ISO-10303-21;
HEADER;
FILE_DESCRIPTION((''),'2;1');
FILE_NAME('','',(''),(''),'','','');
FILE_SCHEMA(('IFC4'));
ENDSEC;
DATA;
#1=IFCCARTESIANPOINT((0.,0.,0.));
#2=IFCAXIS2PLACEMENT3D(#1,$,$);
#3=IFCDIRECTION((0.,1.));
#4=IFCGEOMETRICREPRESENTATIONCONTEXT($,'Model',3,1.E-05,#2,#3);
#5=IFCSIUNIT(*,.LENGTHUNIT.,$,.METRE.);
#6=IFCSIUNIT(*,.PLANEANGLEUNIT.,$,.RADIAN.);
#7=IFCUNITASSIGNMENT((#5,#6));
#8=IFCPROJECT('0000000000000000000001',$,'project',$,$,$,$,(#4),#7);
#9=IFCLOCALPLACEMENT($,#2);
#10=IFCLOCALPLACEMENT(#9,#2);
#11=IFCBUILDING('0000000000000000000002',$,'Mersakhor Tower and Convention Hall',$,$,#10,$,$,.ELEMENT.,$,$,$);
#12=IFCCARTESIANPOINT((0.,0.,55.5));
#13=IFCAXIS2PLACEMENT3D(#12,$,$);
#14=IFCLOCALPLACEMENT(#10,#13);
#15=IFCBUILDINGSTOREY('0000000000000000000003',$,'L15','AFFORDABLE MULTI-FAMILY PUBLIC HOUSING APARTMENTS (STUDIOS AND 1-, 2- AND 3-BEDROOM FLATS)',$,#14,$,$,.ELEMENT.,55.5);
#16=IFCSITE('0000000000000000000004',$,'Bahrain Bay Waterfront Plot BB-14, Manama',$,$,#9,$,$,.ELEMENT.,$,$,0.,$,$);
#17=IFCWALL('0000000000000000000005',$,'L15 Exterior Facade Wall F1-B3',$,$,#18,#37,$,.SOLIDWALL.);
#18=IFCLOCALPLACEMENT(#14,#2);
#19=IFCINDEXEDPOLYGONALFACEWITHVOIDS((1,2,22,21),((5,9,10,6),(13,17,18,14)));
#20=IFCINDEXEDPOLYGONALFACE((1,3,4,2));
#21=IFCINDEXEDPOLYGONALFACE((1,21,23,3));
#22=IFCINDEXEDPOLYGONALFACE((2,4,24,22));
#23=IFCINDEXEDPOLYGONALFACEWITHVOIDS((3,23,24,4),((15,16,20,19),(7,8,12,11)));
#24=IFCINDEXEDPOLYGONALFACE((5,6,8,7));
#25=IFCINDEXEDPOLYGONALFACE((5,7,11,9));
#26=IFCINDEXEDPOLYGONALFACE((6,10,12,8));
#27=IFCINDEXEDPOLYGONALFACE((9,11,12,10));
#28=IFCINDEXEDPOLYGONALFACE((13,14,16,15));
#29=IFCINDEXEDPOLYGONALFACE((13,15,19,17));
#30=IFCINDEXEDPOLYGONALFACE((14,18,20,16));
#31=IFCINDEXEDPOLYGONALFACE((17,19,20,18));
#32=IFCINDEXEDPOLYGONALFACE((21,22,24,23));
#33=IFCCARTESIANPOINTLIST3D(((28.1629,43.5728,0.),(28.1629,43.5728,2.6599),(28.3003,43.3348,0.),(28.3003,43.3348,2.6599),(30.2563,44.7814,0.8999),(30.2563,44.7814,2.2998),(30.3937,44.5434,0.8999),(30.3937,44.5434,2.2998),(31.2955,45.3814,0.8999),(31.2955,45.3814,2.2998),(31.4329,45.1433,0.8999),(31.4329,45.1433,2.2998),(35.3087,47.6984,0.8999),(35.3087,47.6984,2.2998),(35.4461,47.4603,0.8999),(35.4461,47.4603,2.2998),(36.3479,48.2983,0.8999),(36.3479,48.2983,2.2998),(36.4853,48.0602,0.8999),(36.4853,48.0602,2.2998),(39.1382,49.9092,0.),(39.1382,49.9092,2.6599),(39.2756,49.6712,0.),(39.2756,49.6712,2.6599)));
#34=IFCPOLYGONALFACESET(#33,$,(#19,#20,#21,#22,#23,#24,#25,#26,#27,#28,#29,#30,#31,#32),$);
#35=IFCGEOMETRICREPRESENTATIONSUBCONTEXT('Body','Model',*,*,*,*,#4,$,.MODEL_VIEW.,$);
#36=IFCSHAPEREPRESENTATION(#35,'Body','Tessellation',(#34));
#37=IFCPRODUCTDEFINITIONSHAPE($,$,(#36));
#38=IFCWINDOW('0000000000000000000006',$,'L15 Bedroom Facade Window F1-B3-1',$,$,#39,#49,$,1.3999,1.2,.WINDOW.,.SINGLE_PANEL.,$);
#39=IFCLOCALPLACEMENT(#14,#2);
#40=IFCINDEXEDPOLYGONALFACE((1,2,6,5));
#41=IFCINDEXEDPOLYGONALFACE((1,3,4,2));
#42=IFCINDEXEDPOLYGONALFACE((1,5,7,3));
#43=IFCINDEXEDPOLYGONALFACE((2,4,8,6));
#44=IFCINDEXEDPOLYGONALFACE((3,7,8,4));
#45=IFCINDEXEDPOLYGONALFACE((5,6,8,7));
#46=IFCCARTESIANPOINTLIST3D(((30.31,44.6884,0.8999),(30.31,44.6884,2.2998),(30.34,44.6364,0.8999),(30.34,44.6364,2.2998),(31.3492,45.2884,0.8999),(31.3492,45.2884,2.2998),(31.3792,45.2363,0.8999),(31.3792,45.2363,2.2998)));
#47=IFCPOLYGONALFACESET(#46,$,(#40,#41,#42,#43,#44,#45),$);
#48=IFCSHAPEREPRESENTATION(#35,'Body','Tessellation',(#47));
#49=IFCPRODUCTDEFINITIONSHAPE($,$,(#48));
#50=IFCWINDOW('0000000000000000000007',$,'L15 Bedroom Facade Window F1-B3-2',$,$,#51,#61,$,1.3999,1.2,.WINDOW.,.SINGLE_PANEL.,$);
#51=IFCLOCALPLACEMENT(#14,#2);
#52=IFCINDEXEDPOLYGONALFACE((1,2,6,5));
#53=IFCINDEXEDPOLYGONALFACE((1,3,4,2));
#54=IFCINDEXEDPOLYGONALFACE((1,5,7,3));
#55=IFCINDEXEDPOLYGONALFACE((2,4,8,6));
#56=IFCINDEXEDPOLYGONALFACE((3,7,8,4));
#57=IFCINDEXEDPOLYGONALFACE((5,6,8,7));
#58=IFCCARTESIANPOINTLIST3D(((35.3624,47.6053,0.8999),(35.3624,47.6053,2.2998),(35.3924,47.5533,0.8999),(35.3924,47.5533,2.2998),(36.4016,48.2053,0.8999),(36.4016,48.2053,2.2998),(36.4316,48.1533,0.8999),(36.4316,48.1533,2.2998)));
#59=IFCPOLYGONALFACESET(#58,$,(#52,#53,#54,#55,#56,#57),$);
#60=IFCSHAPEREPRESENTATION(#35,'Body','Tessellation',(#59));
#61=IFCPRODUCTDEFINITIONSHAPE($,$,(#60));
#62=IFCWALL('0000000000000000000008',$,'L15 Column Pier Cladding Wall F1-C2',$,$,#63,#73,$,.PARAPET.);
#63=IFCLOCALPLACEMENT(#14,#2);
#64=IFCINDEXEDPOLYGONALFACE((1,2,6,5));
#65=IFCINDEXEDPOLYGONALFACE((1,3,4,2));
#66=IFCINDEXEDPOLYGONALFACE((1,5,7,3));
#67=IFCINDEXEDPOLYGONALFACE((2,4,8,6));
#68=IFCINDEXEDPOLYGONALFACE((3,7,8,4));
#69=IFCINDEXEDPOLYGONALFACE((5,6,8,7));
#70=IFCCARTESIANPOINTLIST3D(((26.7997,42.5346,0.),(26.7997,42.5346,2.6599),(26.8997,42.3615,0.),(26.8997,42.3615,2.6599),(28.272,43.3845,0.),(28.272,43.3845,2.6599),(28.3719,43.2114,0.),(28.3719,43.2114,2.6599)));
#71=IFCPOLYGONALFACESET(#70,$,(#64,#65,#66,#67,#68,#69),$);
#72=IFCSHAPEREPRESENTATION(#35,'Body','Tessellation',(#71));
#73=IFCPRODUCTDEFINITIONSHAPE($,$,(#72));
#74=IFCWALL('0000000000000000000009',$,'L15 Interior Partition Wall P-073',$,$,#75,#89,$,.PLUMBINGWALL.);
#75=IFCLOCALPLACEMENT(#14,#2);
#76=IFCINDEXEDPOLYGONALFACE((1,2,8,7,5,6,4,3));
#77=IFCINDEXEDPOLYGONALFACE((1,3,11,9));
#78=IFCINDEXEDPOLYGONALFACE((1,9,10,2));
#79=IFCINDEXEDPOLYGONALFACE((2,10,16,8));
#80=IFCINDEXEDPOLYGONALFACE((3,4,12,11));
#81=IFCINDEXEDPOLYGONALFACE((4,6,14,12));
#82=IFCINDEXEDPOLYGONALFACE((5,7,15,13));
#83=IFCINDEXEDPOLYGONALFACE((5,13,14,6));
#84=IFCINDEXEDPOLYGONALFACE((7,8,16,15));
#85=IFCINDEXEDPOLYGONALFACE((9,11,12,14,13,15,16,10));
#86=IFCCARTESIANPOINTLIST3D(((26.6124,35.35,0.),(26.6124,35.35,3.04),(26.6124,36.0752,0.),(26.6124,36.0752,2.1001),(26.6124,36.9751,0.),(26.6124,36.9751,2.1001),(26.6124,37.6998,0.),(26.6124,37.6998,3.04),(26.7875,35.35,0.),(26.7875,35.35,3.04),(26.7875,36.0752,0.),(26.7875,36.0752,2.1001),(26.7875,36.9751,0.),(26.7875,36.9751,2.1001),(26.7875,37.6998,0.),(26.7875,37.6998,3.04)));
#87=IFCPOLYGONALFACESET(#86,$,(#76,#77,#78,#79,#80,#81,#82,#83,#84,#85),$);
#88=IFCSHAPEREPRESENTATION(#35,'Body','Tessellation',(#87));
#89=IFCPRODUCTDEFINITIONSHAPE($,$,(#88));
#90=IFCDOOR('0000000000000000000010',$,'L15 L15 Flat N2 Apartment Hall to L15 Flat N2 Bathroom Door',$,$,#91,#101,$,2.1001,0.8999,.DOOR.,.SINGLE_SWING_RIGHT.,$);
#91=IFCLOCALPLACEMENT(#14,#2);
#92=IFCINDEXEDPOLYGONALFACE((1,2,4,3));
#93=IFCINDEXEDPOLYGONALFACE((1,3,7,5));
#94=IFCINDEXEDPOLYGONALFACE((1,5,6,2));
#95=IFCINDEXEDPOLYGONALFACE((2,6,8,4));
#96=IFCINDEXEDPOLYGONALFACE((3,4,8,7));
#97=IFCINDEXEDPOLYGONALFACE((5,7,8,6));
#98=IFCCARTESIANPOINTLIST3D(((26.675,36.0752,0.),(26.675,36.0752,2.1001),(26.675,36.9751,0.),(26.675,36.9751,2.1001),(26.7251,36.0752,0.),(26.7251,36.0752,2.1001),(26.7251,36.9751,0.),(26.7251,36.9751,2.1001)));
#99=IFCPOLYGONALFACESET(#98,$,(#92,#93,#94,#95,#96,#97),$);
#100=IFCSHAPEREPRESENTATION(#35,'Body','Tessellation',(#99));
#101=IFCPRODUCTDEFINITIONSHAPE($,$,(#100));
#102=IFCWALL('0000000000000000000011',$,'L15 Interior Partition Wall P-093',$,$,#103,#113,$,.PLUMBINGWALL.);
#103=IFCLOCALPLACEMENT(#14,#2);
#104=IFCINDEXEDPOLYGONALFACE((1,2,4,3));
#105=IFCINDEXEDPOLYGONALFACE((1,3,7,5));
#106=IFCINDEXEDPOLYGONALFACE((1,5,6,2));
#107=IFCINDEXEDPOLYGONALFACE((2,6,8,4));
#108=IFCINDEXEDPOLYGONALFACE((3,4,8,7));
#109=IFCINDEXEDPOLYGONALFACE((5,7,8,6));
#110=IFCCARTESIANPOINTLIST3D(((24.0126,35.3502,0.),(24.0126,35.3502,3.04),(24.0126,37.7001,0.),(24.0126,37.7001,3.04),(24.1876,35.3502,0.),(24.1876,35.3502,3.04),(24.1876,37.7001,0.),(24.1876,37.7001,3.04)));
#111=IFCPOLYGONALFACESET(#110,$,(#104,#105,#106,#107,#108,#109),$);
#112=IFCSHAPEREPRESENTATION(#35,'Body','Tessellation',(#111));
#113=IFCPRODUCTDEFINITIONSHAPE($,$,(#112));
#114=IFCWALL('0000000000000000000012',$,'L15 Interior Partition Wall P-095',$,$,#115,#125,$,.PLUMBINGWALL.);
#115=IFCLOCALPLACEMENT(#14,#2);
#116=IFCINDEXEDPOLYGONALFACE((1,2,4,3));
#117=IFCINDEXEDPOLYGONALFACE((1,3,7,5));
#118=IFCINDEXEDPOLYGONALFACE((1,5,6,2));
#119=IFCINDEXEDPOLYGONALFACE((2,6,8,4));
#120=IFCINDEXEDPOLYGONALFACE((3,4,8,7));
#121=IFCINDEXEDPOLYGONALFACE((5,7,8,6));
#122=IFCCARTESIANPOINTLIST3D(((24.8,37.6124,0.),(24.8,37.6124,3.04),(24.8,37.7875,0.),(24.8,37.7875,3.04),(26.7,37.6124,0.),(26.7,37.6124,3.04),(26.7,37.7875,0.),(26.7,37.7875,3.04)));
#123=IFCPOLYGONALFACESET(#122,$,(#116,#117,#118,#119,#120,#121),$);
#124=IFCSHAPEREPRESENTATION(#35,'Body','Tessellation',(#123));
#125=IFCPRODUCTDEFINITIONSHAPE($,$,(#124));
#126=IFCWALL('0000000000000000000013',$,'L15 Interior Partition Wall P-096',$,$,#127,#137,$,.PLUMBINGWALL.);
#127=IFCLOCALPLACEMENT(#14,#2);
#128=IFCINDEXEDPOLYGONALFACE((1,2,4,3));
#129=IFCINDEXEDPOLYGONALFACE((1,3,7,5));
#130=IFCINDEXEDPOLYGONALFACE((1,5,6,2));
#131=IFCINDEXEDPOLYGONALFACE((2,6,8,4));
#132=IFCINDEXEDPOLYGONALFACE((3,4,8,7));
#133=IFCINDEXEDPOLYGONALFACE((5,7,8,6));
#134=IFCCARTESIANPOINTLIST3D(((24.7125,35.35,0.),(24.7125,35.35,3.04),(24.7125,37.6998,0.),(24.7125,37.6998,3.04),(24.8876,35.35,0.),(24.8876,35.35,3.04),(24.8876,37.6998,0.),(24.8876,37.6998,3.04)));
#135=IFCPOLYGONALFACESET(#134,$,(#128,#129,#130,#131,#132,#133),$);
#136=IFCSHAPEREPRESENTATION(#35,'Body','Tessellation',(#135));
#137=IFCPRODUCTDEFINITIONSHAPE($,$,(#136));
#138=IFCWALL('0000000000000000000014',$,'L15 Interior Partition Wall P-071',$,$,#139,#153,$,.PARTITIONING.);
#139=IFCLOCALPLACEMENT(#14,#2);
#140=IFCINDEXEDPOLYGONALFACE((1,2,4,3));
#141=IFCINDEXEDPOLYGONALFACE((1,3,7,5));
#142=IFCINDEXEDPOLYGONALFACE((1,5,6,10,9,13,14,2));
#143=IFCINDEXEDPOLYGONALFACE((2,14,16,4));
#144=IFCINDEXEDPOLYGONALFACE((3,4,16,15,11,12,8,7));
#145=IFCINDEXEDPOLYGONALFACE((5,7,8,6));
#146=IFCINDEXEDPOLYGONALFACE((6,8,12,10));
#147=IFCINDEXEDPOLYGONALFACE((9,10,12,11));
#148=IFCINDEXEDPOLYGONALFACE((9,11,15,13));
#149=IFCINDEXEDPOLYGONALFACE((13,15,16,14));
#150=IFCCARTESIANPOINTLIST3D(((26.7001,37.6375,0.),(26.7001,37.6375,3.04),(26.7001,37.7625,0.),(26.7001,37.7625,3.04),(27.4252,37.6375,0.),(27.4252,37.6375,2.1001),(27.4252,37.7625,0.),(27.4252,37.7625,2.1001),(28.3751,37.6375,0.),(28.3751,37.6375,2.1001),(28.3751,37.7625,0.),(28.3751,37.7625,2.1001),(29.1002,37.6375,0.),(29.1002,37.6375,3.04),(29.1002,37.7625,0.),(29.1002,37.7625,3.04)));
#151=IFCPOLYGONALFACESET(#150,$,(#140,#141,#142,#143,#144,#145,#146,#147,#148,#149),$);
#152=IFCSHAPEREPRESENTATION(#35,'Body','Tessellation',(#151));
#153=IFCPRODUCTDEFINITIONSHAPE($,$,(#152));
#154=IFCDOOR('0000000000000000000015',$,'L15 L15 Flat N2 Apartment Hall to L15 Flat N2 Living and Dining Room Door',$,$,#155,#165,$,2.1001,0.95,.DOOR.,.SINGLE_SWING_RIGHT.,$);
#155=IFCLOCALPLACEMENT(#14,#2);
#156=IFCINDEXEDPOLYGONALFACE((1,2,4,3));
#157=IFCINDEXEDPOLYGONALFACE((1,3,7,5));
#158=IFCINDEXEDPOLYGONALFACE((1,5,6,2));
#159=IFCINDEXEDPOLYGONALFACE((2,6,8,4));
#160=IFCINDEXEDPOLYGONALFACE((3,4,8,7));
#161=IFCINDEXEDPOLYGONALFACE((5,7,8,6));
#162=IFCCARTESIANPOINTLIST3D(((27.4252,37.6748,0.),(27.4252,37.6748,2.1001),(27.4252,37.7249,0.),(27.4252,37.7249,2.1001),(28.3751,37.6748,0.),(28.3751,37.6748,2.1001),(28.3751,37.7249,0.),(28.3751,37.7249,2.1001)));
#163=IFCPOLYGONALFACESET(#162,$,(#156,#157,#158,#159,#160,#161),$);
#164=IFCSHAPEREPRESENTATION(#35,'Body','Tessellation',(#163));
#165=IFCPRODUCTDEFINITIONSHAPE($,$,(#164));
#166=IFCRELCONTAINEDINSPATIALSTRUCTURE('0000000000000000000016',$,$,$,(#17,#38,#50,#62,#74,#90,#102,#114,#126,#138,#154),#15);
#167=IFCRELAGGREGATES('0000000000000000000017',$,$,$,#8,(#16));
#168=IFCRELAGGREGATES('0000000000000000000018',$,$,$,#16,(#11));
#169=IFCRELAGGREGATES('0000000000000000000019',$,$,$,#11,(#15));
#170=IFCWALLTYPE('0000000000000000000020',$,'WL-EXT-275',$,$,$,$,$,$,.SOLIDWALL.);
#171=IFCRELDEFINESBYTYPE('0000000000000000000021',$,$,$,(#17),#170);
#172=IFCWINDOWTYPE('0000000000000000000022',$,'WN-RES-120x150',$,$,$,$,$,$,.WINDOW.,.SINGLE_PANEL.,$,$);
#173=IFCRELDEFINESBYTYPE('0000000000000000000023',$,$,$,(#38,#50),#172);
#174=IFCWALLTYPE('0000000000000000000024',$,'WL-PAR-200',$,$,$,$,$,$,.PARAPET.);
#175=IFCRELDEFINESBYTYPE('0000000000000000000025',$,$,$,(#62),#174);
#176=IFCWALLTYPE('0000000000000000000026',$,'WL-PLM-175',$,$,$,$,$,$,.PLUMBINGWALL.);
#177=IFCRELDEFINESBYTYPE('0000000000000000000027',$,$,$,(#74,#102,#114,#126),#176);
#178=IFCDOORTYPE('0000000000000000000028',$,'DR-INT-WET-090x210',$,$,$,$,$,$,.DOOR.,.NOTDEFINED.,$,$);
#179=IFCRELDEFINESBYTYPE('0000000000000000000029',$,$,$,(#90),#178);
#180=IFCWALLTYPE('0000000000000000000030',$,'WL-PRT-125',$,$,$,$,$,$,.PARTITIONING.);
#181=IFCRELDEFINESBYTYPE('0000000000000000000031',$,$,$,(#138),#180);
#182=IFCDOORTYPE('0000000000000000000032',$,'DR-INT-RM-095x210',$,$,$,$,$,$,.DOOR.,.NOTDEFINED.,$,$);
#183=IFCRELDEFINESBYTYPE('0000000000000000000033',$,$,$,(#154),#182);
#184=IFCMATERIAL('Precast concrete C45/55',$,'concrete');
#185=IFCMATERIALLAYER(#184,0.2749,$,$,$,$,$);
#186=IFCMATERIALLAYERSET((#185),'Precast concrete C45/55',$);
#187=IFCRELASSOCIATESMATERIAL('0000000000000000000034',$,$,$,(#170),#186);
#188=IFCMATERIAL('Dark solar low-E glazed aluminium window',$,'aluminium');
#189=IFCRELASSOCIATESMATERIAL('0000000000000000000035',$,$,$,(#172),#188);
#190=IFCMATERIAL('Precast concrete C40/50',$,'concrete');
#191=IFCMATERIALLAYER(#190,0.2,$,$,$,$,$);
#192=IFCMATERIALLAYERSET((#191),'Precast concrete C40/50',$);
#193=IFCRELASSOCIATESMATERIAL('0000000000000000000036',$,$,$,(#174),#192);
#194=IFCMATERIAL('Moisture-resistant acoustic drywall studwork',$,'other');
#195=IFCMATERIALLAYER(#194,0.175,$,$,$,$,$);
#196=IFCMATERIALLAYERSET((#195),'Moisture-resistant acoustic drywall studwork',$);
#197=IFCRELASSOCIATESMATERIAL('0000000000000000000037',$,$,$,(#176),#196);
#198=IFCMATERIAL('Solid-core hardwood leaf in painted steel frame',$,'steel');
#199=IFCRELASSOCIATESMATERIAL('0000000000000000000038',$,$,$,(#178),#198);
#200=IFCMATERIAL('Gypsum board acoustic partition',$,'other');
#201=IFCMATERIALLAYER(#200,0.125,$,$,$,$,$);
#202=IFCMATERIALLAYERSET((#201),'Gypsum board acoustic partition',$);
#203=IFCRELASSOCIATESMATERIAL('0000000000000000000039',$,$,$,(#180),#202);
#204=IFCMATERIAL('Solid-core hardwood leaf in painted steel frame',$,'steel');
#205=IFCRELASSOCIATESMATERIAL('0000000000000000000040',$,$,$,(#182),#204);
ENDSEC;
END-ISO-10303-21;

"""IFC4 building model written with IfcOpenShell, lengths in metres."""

from ifc_helpers import new_model, si_unit, direction, frame, frame_2d, origin, place, context, subcontext, project, spatial, rectangle, extrude, material, layer, layer_set, type_object, element, fill, save


model = new_model("IFC4")

# Units and contexts
model_context = context("Model", 3, precision=1e-05, world=origin(), true_north=direction((0.0, 1.0)))
body_context = subcontext(model_context, "Body", "Model", "MODEL_VIEW")
ifc_project = project(units=[si_unit("LENGTHUNIT", "METRE"), si_unit("PLANEANGLEUNIT", "RADIAN")], contexts=[model_context])

# Site, building, storey
site_placement = place(None, origin())
site = spatial("IfcSite", under=ifc_project, at=site_placement, Name="Bahrain Bay Waterfront Plot BB-14, Manama", CompositionType="ELEMENT", RefElevation=0.0)
building_placement = place(site_placement, origin())
building = spatial("IfcBuilding", under=site, at=building_placement, Name="Mersakhor Tower and Convention Hall", CompositionType="ELEMENT")
storey_placement = place(building_placement, frame((0.0, 0.0, 55.5)))
storey = spatial("IfcBuildingStorey", under=building, at=storey_placement, Name="L15", Description="AFFORDABLE MULTI-FAMILY PUBLIC HOUSING APARTMENTS (STUDIOS AND 1-, 2- AND 3-BEDROOM FLATS)", CompositionType="ELEMENT", Elevation=55.5)

# Wall, openings, windows
ifc_material_1 = material(Name="Precast concrete C45/55", Category="concrete")
ifc_layer_1 = layer(ifc_material_1, 0.2749)
ifc_layer_set_1 = layer_set([ifc_layer_1], Name="Precast concrete C45/55")
wall_type_1 = type_object("IfcWallType", Name="WL-EXT-275", PredefinedType="SOLIDWALL", material=ifc_layer_set_1)
wall_1_placement = place(storey_placement, frame((28.2317, 43.4539, 0.0), z_axis=(0.0, 0.0, 1.0), x_axis=(0.866032, 0.499989, 0.0)))
wall_1 = element("IfcWall", 1, at=wall_1_placement, inside=storey, type_object=wall_type_1, Name="L15 Exterior Facade Wall F1-B3", PredefinedType="SOLIDWALL", context=body_context, shape_type="SweptSolid", body=[
    extrude(rectangle(XDim=12.6731, YDim=0.2749, at=frame_2d((6.3364, 0.0))), origin(), (0.0, 0.0, 1.0), 2.6599),
])
opening_1_placement = place(wall_1_placement, frame((2.417, 0.0, 0.8999)))
opening_1 = element("IfcOpeningElement", 2, at=opening_1_placement, cuts=wall_1, PredefinedType="OPENING", context=body_context, shape_type="SweptSolid", body=[
    extrude(rectangle(XDim=1.2, YDim=1.3999, at=frame_2d((0.6001, 0.7))), frame((0.0, 0.1475, 0.0), z_axis=(0.0, -1.0, 0.0), x_axis=(1.0, 0.0, 0.0)), (0.0, 0.0, 1.0), 0.2949),
])
opening_2_placement = place(wall_1_placement, frame((8.251, 0.0, 0.8999)))
opening_2 = element("IfcOpeningElement", 3, at=opening_2_placement, cuts=wall_1, PredefinedType="OPENING", context=body_context, shape_type="SweptSolid", body=[
    extrude(rectangle(XDim=1.2, YDim=1.3999, at=frame_2d((0.6001, 0.7))), frame((0.0, 0.1475, 0.0), z_axis=(0.0, -1.0, 0.0), x_axis=(1.0, 0.0, 0.0)), (0.0, 0.0, 1.0), 0.2949),
])
ifc_material_2 = material(Name="Dark solar low-E glazed aluminium window", Category="aluminium")
window_type = type_object("IfcWindowType", Name="WN-RES-120x150", PartitioningType="SINGLE_PANEL", PredefinedType="WINDOW", material=ifc_material_2)
window_1_placement = place(opening_1_placement, origin())
window_1 = element("IfcWindow", 4, at=window_1_placement, inside=storey, type_object=window_type, Name="L15 Bedroom Facade Window F1-B3-1", OverallHeight=1.3999, OverallWidth=1.2, PartitioningType="SINGLE_PANEL", PredefinedType="WINDOW", context=body_context, shape_type="SweptSolid", body=[
    extrude(rectangle(XDim=1.2, YDim=1.3999, at=frame_2d((0.6001, 0.7))), frame((0.0, 0.03, 0.0), z_axis=(0.0, -1.0, 0.0), x_axis=(1.0, 0.0, 0.0)), (0.0, 0.0, 1.0), 0.0601),
])
fill(opening_1, window_1)
window_2_placement = place(opening_2_placement, origin())
window_2 = element("IfcWindow", 5, at=window_2_placement, inside=storey, type_object=window_type, Name="L15 Bedroom Facade Window F1-B3-2", OverallHeight=1.3999, OverallWidth=1.2, PartitioningType="SINGLE_PANEL", PredefinedType="WINDOW", context=body_context, shape_type="SweptSolid", body=[
    extrude(rectangle(XDim=1.2, YDim=1.3999, at=frame_2d((0.6001, 0.7))), frame((0.0, 0.03, 0.0), z_axis=(0.0, -1.0, 0.0), x_axis=(1.0, 0.0, 0.0)), (0.0, 0.0, 1.0), 0.0601),
])
fill(opening_2, window_2)

# Wall
ifc_material_3 = material(Name="Precast concrete C40/50", Category="concrete")
ifc_layer_2 = layer(ifc_material_3, 0.2)
ifc_layer_set_2 = layer_set([ifc_layer_2], Name="Precast concrete C40/50")
wall_type_2 = type_object("IfcWallType", Name="WL-PAR-200", PredefinedType="PARAPET", material=ifc_layer_set_2)
wall_2_placement = place(storey_placement, frame((26.8496, 42.448, 0.0), z_axis=(0.0, 0.0, 1.0), x_axis=(0.866052, 0.499955, 0.0)))
element("IfcWall", 6, at=wall_2_placement, inside=storey, type_object=wall_type_2, Name="L15 Column Pier Cladding Wall F1-C2", PredefinedType="PARAPET", context=body_context, shape_type="SweptSolid", body=[
    extrude(rectangle(XDim=1.7, YDim=0.2, at=frame_2d((0.8501, 0.0))), origin(), (0.0, 0.0, 1.0), 2.6599),
])

# Wall, opening, door
ifc_material_4 = material(Name="Moisture-resistant acoustic drywall studwork", Category="other")
ifc_layer_3 = layer(ifc_material_4, 0.175)
ifc_layer_set_3 = layer_set([ifc_layer_3], Name="Moisture-resistant acoustic drywall studwork")
wall_type_3 = type_object("IfcWallType", Name="WL-PLM-175", PredefinedType="PLUMBINGWALL", material=ifc_layer_set_3)
wall_3_placement = place(storey_placement, frame((26.7, 35.3501, 0.0), z_axis=(0.0, 0.0, 1.0), x_axis=(0.0, 1.0, 0.0)))
wall_3 = element("IfcWall", 7, at=wall_3_placement, inside=storey, type_object=wall_type_3, Name="L15 Interior Partition Wall P-073", PredefinedType="PLUMBINGWALL", context=body_context, shape_type="SweptSolid", body=[
    extrude(rectangle(XDim=2.3499, YDim=0.175, at=frame_2d((1.1748, 0.0))), origin(), (0.0, 0.0, 1.0), 3.04),
])
opening_3_placement = place(wall_3_placement, frame((0.7251, 0.0, 0.0)))
opening_3 = element("IfcOpeningElement", 8, at=opening_3_placement, cuts=wall_3, PredefinedType="OPENING", context=body_context, shape_type="SweptSolid", body=[
    extrude(rectangle(XDim=0.8999, YDim=2.1001, at=frame_2d((0.45, 1.05))), frame((0.0, 0.0974, 0.0), z_axis=(0.0, -1.0, 0.0), x_axis=(1.0, 0.0, 0.0)), (0.0, 0.0, 1.0), 0.1951),
])
ifc_material_5 = material(Name="Solid-core hardwood leaf in painted steel frame", Category="steel")
door_type_1 = type_object("IfcDoorType", Name="DR-INT-WET-090x210", OperationType="NOTDEFINED", PredefinedType="DOOR", material=ifc_material_5)
door_1_placement = place(opening_3_placement, origin())
door_1 = element("IfcDoor", 9, at=door_1_placement, inside=storey, type_object=door_type_1, Name="L15 L15 Flat N2 Apartment Hall to L15 Flat N2 Bathroom Door", OperationType="SINGLE_SWING_RIGHT", OverallHeight=2.1001, OverallWidth=0.8999, PredefinedType="DOOR", context=body_context, shape_type="SweptSolid", body=[
    extrude(rectangle(XDim=0.8999, YDim=2.1001, at=frame_2d((0.45, 1.05))), frame((0.0, 0.0249, 0.0), z_axis=(0.0, -1.0, 0.0), x_axis=(1.0, 0.0, 0.0)), (0.0, 0.0, 1.0), 0.05),
])
fill(opening_3, door_1)

# Walls
wall_4_placement = place(storey_placement, frame((24.1001, 37.7, 0.0), z_axis=(0.0, 0.0, 1.0), x_axis=(0.0, -1.0, 0.0)))
element("IfcWall", 10, at=wall_4_placement, inside=storey, type_object=wall_type_3, Name="L15 Interior Partition Wall P-093", PredefinedType="PLUMBINGWALL", context=body_context, shape_type="SweptSolid", body=[
    extrude(rectangle(XDim=2.3499, YDim=0.175, at=frame_2d((1.1748, 0.0))), origin(), (0.0, 0.0, 1.0), 3.04),
])
wall_5_placement = place(storey_placement, frame((24.8, 37.7, 0.0), z_axis=(0.0, 0.0, 1.0), x_axis=(1.0, 0.0, 0.0)))
element("IfcWall", 11, at=wall_5_placement, inside=storey, type_object=wall_type_3, Name="L15 Interior Partition Wall P-095", PredefinedType="PLUMBINGWALL", context=body_context, shape_type="SweptSolid", body=[
    extrude(rectangle(XDim=1.8999, YDim=0.175, at=frame_2d((0.95, 0.0))), origin(), (0.0, 0.0, 1.0), 3.04),
])
wall_6_placement = place(storey_placement, frame((24.8, 35.3501, 0.0), z_axis=(0.0, 0.0, 1.0), x_axis=(0.0, 1.0, 0.0)))
element("IfcWall", 12, at=wall_6_placement, inside=storey, type_object=wall_type_3, Name="L15 Interior Partition Wall P-096", PredefinedType="PLUMBINGWALL", context=body_context, shape_type="SweptSolid", body=[
    extrude(rectangle(XDim=2.3499, YDim=0.175, at=frame_2d((1.1748, 0.0))), origin(), (0.0, 0.0, 1.0), 3.04),
])

# Wall, opening, door
ifc_material_6 = material(Name="Gypsum board acoustic partition", Category="other")
ifc_layer_4 = layer(ifc_material_6, 0.125)
ifc_layer_set_4 = layer_set([ifc_layer_4], Name="Gypsum board acoustic partition")
wall_type_4 = type_object("IfcWallType", Name="WL-PRT-125", PredefinedType="PARTITIONING", material=ifc_layer_set_4)
wall_7_placement = place(storey_placement, frame((26.7, 37.7, 0.0), z_axis=(0.0, 0.0, 1.0), x_axis=(1.0, 0.0, 0.0)))
wall_7 = element("IfcWall", 13, at=wall_7_placement, inside=storey, type_object=wall_type_4, Name="L15 Interior Partition Wall P-071", PredefinedType="PARTITIONING", context=body_context, shape_type="SweptSolid", body=[
    extrude(rectangle(XDim=2.4001, YDim=0.125, at=frame_2d((1.2002, 0.0))), origin(), (0.0, 0.0, 1.0), 3.04),
])
opening_4_placement = place(wall_7_placement, frame((0.7251, 0.0, 0.0)))
opening_4 = element("IfcOpeningElement", 14, at=opening_4_placement, cuts=wall_7, PredefinedType="OPENING", context=body_context, shape_type="SweptSolid", body=[
    extrude(rectangle(XDim=0.95, YDim=2.1001, at=frame_2d((0.4751, 1.05))), frame((0.0, 0.0725, 0.0), z_axis=(0.0, -1.0, 0.0), x_axis=(1.0, 0.0, 0.0)), (0.0, 0.0, 1.0), 0.145),
])
ifc_material_7 = material(Name="Solid-core hardwood leaf in painted steel frame", Category="steel")
door_type_2 = type_object("IfcDoorType", Name="DR-INT-RM-095x210", OperationType="NOTDEFINED", PredefinedType="DOOR", material=ifc_material_7)
door_2_placement = place(opening_4_placement, origin())
door_2 = element("IfcDoor", 15, at=door_2_placement, inside=storey, type_object=door_type_2, Name="L15 L15 Flat N2 Apartment Hall to L15 Flat N2 Living and Dining Room Door", OperationType="SINGLE_SWING_RIGHT", OverallHeight=2.1001, OverallWidth=0.95, PredefinedType="DOOR", context=body_context, shape_type="SweptSolid", body=[
    extrude(rectangle(XDim=0.95, YDim=2.1001, at=frame_2d((0.4751, 1.05))), frame((0.0, 0.0249, 0.0), z_axis=(0.0, -1.0, 0.0), x_axis=(1.0, 0.0, 0.0)), (0.0, 0.0, 1.0), 0.05),
])
fill(opening_4, door_2)

save(model, "model.ifc")
